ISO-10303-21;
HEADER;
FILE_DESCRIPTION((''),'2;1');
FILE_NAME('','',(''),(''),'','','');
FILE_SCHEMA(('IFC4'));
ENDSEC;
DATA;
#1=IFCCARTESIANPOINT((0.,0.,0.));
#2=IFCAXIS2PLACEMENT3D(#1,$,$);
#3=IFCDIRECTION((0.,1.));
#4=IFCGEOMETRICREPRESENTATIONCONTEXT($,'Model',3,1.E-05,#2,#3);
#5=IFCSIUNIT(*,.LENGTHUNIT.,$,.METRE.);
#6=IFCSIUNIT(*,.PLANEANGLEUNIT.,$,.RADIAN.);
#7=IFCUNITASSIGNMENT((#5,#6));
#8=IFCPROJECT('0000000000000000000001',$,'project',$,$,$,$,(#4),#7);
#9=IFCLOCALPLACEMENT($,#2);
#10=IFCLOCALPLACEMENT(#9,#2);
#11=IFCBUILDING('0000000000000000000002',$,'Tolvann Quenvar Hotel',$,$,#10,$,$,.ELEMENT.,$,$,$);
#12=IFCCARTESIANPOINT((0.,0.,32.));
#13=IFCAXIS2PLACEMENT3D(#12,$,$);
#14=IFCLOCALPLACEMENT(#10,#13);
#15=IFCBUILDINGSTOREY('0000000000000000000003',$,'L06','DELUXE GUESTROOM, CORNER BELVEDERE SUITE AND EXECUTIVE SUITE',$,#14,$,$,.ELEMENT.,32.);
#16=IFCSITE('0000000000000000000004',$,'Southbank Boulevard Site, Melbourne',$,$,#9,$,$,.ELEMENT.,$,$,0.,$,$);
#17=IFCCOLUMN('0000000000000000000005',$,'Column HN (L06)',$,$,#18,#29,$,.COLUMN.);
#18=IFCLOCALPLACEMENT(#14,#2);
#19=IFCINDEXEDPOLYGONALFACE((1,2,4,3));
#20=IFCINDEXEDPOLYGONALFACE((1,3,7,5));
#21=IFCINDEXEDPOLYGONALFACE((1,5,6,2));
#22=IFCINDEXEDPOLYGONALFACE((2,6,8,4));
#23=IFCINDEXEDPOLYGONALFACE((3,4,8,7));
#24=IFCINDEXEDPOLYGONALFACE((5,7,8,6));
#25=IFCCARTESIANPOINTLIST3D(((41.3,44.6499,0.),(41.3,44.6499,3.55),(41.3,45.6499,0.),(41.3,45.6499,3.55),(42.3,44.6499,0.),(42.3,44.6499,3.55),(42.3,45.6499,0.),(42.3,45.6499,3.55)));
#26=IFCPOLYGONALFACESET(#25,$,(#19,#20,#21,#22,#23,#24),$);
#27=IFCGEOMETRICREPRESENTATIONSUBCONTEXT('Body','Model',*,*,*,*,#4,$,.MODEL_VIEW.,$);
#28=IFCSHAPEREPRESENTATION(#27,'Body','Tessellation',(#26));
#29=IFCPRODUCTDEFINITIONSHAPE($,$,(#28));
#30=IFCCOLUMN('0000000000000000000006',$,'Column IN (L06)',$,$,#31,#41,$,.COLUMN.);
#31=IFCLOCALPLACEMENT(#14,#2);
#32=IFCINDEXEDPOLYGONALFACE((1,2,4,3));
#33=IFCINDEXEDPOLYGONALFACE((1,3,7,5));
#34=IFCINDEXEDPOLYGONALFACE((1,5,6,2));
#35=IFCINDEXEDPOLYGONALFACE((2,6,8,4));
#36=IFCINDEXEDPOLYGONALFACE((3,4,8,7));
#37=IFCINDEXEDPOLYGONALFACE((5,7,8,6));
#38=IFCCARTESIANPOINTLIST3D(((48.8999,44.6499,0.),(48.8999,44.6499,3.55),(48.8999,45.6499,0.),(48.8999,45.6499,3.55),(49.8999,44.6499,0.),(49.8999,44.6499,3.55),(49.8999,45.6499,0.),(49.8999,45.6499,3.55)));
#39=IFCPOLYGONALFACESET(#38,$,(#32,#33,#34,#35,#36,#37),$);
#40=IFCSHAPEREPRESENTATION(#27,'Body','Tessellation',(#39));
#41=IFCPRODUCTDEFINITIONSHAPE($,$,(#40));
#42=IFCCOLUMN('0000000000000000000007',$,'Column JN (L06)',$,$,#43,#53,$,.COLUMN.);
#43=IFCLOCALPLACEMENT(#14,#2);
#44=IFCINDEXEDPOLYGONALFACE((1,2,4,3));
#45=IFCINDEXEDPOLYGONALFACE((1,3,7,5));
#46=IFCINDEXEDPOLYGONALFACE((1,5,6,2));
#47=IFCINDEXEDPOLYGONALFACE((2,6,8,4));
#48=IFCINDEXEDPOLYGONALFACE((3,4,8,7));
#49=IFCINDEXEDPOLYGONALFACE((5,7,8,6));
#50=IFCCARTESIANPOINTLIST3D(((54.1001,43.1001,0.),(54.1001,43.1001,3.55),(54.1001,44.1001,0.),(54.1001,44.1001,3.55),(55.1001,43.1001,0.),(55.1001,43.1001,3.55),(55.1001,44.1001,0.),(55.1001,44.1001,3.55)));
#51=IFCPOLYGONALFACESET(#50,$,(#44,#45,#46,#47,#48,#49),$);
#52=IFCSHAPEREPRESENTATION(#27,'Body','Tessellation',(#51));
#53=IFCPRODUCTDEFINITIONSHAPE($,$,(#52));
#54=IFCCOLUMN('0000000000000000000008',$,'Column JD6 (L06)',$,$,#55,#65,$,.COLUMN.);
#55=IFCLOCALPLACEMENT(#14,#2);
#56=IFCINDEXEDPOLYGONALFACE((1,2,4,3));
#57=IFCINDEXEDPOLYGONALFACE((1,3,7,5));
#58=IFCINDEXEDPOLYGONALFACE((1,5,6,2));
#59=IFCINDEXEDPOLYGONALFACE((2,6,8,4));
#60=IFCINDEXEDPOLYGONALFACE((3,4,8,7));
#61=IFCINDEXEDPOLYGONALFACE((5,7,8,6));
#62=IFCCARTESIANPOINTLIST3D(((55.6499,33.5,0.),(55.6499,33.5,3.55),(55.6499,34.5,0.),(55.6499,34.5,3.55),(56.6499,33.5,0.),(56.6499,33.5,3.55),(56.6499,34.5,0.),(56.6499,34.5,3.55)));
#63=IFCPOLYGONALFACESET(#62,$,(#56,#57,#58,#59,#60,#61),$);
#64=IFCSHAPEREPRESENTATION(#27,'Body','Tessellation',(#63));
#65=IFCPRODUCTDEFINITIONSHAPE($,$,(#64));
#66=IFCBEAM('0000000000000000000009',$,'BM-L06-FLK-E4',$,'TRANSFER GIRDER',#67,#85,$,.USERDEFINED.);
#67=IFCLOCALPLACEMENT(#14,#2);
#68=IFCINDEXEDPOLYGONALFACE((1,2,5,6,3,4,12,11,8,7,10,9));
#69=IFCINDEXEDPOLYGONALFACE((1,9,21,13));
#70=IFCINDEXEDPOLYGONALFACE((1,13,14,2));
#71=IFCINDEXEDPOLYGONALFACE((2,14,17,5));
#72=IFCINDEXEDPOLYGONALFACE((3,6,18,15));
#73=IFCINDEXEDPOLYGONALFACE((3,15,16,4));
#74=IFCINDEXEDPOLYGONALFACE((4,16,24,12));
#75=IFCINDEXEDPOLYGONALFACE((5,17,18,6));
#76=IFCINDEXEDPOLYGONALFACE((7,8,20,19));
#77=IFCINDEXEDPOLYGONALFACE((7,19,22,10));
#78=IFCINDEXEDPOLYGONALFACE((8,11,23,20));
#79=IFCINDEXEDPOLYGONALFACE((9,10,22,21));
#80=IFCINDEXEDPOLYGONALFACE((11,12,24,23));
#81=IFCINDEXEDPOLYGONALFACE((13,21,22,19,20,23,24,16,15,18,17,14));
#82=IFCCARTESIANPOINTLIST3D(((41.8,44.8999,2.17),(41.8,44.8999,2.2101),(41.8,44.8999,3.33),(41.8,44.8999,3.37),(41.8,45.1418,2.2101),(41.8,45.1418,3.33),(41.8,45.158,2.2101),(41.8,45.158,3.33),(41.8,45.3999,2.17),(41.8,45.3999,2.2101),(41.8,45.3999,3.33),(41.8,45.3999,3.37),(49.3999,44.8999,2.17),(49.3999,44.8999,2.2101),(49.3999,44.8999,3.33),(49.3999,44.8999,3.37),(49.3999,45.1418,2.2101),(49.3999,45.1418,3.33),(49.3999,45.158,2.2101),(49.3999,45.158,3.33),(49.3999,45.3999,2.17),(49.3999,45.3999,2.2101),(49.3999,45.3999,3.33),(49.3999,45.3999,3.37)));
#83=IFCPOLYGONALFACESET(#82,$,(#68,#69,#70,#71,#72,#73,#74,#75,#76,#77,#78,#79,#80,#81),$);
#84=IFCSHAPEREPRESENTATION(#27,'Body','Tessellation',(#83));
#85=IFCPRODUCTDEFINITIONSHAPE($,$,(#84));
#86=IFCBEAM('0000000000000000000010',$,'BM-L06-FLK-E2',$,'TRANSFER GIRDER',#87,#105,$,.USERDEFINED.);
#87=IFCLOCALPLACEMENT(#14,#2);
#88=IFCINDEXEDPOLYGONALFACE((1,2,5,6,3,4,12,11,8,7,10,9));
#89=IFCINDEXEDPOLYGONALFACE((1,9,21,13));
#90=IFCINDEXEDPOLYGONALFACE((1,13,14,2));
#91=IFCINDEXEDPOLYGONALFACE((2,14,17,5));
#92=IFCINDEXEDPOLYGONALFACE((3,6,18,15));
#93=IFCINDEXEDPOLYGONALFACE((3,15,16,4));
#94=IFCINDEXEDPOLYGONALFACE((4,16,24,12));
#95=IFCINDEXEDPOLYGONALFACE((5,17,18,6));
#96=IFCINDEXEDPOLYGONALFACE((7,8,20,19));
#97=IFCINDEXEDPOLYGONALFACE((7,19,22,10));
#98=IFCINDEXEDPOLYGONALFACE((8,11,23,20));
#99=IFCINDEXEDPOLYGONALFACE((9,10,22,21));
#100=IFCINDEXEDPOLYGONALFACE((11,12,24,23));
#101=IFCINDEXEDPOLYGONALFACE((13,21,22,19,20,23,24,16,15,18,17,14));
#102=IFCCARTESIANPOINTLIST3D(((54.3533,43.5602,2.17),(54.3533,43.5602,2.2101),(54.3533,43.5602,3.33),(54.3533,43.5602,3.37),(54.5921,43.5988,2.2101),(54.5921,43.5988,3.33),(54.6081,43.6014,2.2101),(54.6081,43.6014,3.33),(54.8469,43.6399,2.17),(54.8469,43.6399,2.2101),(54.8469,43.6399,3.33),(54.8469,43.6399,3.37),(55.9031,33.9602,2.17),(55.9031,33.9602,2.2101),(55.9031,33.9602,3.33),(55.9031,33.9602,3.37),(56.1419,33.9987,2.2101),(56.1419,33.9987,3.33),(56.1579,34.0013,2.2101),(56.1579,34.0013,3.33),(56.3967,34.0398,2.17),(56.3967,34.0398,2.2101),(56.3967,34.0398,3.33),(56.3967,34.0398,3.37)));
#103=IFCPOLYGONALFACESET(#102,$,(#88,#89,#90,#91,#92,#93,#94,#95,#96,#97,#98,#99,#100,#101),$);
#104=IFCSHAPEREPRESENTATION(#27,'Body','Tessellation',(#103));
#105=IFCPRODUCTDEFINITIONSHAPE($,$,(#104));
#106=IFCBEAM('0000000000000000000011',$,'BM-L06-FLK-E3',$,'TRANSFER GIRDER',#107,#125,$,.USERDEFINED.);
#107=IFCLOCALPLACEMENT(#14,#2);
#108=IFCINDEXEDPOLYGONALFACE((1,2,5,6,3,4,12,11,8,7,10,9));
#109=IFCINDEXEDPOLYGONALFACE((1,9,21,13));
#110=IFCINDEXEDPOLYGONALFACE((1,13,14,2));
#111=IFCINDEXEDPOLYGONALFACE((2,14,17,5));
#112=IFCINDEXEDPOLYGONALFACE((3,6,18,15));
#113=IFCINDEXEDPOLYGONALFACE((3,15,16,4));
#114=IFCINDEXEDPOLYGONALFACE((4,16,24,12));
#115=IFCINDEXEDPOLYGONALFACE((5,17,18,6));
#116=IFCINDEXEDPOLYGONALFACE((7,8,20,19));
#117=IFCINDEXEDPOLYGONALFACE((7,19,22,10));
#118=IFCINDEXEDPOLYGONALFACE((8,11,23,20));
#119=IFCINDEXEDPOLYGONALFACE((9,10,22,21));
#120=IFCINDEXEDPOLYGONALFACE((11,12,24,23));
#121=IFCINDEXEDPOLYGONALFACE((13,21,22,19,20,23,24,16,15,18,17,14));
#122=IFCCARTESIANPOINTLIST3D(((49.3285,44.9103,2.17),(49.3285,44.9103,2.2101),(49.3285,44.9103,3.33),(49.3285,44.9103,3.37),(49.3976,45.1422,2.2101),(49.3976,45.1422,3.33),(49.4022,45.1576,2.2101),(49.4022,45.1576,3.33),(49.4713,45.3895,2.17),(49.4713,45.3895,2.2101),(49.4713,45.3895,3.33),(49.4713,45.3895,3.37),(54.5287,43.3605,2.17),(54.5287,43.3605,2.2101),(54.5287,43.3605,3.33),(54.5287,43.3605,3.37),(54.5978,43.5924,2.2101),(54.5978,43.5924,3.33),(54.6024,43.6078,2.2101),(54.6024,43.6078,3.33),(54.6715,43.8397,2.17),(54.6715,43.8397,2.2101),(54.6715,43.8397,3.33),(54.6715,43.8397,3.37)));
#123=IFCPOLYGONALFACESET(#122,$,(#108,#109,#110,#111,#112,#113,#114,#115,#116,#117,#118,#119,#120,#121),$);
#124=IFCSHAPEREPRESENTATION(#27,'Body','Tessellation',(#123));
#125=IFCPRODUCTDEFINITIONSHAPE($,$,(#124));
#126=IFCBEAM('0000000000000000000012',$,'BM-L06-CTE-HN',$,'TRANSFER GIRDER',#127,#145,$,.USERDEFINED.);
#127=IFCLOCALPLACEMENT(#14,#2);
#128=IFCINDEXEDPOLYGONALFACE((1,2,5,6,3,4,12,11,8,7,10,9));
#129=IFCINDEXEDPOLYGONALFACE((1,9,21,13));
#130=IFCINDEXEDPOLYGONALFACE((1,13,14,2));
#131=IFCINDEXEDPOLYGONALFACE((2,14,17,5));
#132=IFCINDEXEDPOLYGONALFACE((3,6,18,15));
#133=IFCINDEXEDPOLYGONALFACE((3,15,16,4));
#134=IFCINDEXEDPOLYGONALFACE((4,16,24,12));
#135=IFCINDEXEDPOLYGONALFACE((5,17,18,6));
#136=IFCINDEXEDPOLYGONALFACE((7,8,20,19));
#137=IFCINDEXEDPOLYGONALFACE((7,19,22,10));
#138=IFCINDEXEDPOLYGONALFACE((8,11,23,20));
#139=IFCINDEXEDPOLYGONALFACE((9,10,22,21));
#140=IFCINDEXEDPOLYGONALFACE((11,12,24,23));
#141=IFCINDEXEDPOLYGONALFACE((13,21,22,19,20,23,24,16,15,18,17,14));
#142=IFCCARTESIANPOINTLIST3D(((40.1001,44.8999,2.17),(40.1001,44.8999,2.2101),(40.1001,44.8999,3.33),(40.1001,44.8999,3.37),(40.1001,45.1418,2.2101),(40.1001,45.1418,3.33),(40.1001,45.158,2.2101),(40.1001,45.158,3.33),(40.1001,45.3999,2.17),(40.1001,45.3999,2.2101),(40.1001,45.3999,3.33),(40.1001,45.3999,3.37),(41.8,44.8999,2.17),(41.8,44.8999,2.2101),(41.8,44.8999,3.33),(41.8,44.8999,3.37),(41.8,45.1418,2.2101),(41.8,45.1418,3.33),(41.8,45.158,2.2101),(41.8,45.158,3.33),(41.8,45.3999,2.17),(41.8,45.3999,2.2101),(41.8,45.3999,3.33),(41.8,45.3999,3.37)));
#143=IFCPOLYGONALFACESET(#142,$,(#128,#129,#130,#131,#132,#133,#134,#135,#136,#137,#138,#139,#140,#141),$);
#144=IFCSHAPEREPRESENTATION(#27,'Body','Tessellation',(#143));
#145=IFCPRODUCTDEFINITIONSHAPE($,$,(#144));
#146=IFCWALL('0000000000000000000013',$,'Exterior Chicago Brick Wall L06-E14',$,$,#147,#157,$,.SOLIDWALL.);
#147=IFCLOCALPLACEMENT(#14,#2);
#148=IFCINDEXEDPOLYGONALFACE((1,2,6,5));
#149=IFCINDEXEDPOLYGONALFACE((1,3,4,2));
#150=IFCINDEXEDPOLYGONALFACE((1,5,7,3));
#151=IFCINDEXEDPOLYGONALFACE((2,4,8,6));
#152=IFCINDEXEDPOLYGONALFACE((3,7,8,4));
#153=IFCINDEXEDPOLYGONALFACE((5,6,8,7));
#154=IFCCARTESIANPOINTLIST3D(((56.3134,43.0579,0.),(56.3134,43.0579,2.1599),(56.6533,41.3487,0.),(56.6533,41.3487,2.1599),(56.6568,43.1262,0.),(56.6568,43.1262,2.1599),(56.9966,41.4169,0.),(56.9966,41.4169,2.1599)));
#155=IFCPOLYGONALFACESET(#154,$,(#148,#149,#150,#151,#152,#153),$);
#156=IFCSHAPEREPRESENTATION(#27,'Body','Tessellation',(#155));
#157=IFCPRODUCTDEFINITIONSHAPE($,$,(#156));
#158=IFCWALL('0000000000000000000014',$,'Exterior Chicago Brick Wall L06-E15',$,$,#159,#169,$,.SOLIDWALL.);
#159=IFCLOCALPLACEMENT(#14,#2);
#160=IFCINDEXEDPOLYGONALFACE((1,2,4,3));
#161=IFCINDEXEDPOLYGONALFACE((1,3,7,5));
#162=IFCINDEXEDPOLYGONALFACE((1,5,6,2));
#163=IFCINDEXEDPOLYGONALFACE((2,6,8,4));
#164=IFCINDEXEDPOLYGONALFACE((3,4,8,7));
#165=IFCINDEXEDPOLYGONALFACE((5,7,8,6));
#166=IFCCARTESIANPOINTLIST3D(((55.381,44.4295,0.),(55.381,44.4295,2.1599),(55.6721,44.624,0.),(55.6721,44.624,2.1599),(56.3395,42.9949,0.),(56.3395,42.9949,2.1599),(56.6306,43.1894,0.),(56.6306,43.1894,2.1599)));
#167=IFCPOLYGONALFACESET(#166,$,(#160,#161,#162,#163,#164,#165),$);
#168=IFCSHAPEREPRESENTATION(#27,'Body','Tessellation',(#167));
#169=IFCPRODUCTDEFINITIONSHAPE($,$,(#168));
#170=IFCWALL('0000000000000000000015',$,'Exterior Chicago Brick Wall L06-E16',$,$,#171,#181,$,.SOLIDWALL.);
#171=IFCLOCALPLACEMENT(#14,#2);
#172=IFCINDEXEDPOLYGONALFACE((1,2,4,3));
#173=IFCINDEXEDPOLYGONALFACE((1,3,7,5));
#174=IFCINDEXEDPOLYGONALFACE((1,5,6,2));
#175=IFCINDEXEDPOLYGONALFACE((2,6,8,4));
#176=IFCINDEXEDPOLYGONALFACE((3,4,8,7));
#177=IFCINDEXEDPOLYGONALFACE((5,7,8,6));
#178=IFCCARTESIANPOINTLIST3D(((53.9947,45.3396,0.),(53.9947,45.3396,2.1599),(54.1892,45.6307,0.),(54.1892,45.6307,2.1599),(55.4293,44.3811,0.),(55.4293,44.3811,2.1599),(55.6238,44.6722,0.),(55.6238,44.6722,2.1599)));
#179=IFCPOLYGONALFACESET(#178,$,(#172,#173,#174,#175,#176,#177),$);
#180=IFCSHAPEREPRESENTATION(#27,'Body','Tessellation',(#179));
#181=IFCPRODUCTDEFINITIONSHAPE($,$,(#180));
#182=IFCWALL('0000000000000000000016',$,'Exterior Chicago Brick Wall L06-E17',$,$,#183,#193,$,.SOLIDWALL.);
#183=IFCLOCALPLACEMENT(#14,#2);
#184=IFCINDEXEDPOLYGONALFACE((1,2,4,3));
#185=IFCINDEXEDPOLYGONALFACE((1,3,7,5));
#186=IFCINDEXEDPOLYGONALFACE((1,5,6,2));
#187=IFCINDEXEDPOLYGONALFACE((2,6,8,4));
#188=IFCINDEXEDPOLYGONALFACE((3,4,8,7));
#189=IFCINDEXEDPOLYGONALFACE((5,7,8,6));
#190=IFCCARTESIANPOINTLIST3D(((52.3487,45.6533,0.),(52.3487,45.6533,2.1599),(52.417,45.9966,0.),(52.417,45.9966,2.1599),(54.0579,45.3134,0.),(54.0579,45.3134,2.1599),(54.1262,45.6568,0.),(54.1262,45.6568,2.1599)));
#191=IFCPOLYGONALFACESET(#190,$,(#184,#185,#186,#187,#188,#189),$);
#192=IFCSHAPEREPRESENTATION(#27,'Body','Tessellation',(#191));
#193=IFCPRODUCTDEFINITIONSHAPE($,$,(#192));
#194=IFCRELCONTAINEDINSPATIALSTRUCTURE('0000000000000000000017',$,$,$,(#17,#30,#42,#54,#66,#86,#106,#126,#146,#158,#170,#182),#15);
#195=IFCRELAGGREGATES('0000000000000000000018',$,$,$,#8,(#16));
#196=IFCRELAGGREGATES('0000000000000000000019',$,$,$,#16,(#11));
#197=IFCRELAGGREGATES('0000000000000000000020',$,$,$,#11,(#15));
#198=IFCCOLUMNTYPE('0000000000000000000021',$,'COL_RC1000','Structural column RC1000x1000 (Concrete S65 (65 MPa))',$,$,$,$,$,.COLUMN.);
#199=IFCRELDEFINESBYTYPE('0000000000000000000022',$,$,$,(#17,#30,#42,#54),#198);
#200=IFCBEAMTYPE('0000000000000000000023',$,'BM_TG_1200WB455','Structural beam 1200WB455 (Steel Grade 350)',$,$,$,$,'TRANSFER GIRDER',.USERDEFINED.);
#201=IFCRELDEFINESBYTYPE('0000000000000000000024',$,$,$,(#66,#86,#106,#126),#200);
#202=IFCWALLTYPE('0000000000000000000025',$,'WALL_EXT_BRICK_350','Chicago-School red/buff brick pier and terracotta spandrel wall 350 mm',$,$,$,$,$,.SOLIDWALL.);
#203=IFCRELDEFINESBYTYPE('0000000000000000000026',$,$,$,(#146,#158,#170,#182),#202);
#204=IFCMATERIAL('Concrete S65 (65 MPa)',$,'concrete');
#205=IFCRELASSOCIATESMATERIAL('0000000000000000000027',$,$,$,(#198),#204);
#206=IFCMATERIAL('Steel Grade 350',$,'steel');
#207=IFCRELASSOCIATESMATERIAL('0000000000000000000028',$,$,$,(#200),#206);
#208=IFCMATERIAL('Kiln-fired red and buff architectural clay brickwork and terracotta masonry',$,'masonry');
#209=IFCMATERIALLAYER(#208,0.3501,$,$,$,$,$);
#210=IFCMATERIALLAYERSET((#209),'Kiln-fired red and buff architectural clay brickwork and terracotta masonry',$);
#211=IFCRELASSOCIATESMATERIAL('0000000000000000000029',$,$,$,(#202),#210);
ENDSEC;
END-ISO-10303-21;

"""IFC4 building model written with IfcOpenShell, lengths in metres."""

from ifc_helpers import new_model, si_unit, direction, frame, frame_2d, origin, origin_2d, place, context, subcontext, project, spatial, rectangle, i_section, extrude, source, transform, mapped, material, layer, layer_set, material_profile, profile_set, type_object, type_shapes, element, save


model = new_model("IFC4")

# Units and contexts
model_context = context("Model", 3, precision=1e-05, world=origin(), true_north=direction((0.0, 1.0)))
body_context = subcontext(model_context, "Body", "Model", "MODEL_VIEW")
ifc_project = project(units=[si_unit("LENGTHUNIT", "METRE"), si_unit("PLANEANGLEUNIT", "RADIAN")], contexts=[model_context])

# Site, building, storey
site_placement = place(None, origin())
site = spatial("IfcSite", under=ifc_project, at=site_placement, Name="Southbank Boulevard Site, Melbourne", CompositionType="ELEMENT", RefElevation=0.0)
building_placement = place(site_placement, origin())
building = spatial("IfcBuilding", under=site, at=building_placement, Name="Tolvann Quenvar Hotel", CompositionType="ELEMENT")
storey_placement = place(building_placement, frame((0.0, 0.0, 32.0)))
storey = spatial("IfcBuildingStorey", under=building, at=storey_placement, Name="L06", Description="DELUXE GUESTROOM, CORNER BELVEDERE SUITE AND EXECUTIVE SUITE", CompositionType="ELEMENT", Elevation=32.0)

# Columns
ifc_material_1 = material(Name="Concrete S65 (65 MPa)", Category="concrete")
ifc_material_profile_1 = material_profile(ifc_material_1, rectangle(XDim=1.0, YDim=1.0, at=origin_2d()), Name="RC1000x1000")
ifc_profile_set_1 = profile_set([ifc_material_profile_1], Name="Concrete S65 (65 MPa)")
column_type = type_object("IfcColumnType", Name="COL_RC1000", Description="Structural column RC1000x1000 (Concrete S65 (65 MPa))", PredefinedType="COLUMN", material=ifc_profile_set_1)
shared_shape_1 = source(origin(), body_context, "Body", "SweptSolid", [
    extrude(rectangle(XDim=1.0, YDim=1.0, at=origin_2d()), origin(), (0.0, 0.0, 1.0), 3.55),
])
type_shapes(column_type, [shared_shape_1])
for number, where, z_axis, x_axis, name in (
    (1, (41.8, 45.1499, 0.0), (0.0, 0.0, 1.0), (1.0, 0.0, 0.0), "Column HN (L06)"),
    (2, (49.3999, 45.1499, 0.0), (0.0, 0.0, 1.0), (1.0, 0.0, 0.0), "Column IN (L06)"),
    (3, (54.6001, 43.6001, 0.0), (0.0, 0.0, 1.0), (1.0, 0.0, 0.0), "Column JN (L06)"),
    (4, (56.1499, 34.0, 0.0), (0.0, 0.0, 1.0), (1.0, 0.0, 0.0), "Column JD6 (L06)"),
):
    element("IfcColumn", number, at=place(storey_placement, frame(where, z_axis=z_axis, x_axis=x_axis)), inside=storey, type_object=column_type, Name=name, PredefinedType="COLUMN", context=body_context, shape_type="MappedRepresentation", body=[
        mapped(shared_shape_1, transform((0.0, 0.0, 0.0), x_axis=(1.0, 0.0, 0.0), y_axis=(0.0, 1.0, 0.0), z_axis=(0.0, 0.0, 1.0), scale=1.0)),
    ])

# Beams
ifc_material_2 = material(Name="Steel Grade 350", Category="steel")
ifc_material_profile_2 = material_profile(ifc_material_2, i_section(OverallWidth=0.5, OverallDepth=1.2, WebThickness=0.0161, FlangeThickness=0.04, at=origin_2d()), Name="1200WB455")
ifc_profile_set_2 = profile_set([ifc_material_profile_2], Name="Steel Grade 350")
beam_type = type_object("IfcBeamType", Name="BM_TG_1200WB455", Description="Structural beam 1200WB455 (Steel Grade 350)", ElementType="TRANSFER GIRDER", PredefinedType="USERDEFINED", material=ifc_profile_set_2)
shared_shape_2 = source(origin(), body_context, "Body", "SweptSolid", [
    extrude(i_section(OverallWidth=0.5, OverallDepth=1.2, WebThickness=0.0161, FlangeThickness=0.04, at=origin_2d()), origin(), (0.0, 0.0, 1.0), 7.5999),
])
beam_1_placement = place(storey_placement, frame((49.3999, 45.1499, 2.77), z_axis=(-1.0, 0.0, 0.0), x_axis=(0.0, -1.0, 0.0)))
element("IfcBeam", 5, at=beam_1_placement, inside=storey, type_object=beam_type, Name="BM-L06-FLK-E4", ObjectType="TRANSFER GIRDER", PredefinedType="USERDEFINED", context=body_context, shape_type="MappedRepresentation", body=[
    mapped(shared_shape_2, transform((0.0, 0.0, 0.0), x_axis=(1.0, 0.0, 0.0), y_axis=(0.0, 1.0, 0.0), z_axis=(0.0, 0.0, 1.0), scale=1.0)),
])
shared_shape_3 = source(origin(), body_context, "Body", "SweptSolid", [
    extrude(i_section(OverallWidth=0.5, OverallDepth=1.2, WebThickness=0.0161, FlangeThickness=0.04, at=origin_2d()), origin(), (0.0, 0.0, 1.0), 9.7244),
])
beam_2_placement = place(storey_placement, frame((56.1499, 34.0, 2.77), z_axis=(-0.159373, 0.987218, 0.0), x_axis=(-0.987218, -0.159373, 0.0)))
element("IfcBeam", 6, at=beam_2_placement, inside=storey, type_object=beam_type, Name="BM-L06-FLK-E2", ObjectType="TRANSFER GIRDER", PredefinedType="USERDEFINED", context=body_context, shape_type="MappedRepresentation", body=[
    mapped(shared_shape_3, transform((0.0, 0.0, 0.0), x_axis=(1.0, 0.0, 0.0), y_axis=(0.0, 1.0, 0.0), z_axis=(0.0, 0.0, 1.0), scale=1.0)),
])
shared_shape_4 = source(origin(), body_context, "Body", "SweptSolid", [
    extrude(i_section(OverallWidth=0.5, OverallDepth=1.2, WebThickness=0.0161, FlangeThickness=0.04, at=origin_2d()), origin(), (0.0, 0.0, 1.0), 5.4263),
])
beam_3_placement = place(storey_placement, frame((54.6001, 43.6001, 2.77), z_axis=(-0.958345, 0.285614, 0.0), x_axis=(-0.285614, -0.958345, 0.0)))
element("IfcBeam", 7, at=beam_3_placement, inside=storey, type_object=beam_type, Name="BM-L06-FLK-E3", ObjectType="TRANSFER GIRDER", PredefinedType="USERDEFINED", context=body_context, shape_type="MappedRepresentation", body=[
    mapped(shared_shape_4, transform((0.0, 0.0, 0.0), x_axis=(1.0, 0.0, 0.0), y_axis=(0.0, 1.0, 0.0), z_axis=(0.0, 0.0, 1.0), scale=1.0)),
])
shared_shape_5 = source(origin(), body_context, "Body", "SweptSolid", [
    extrude(i_section(OverallWidth=0.5, OverallDepth=1.2, WebThickness=0.0161, FlangeThickness=0.04, at=origin_2d()), origin(), (0.0, 0.0, 1.0), 1.7),
])
type_shapes(beam_type, [shared_shape_2, shared_shape_3, shared_shape_4, shared_shape_5])
beam_4_placement = place(storey_placement, frame((40.1001, 45.1499, 2.77), z_axis=(1.0, 0.0, 0.0), x_axis=(0.0, 1.0, 0.0)))
element("IfcBeam", 8, at=beam_4_placement, inside=storey, type_object=beam_type, Name="BM-L06-CTE-HN", ObjectType="TRANSFER GIRDER", PredefinedType="USERDEFINED", context=body_context, shape_type="MappedRepresentation", body=[
    mapped(shared_shape_5, transform((0.0, 0.0, 0.0), x_axis=(1.0, 0.0, 0.0), y_axis=(0.0, 1.0, 0.0), z_axis=(0.0, 0.0, 1.0), scale=1.0)),
])

# Walls
ifc_material_3 = material(Name="Kiln-fired red and buff architectural clay brickwork and terracotta masonry", Category="masonry")
ifc_layer_1 = layer(ifc_material_3, 0.3501)
ifc_layer_set_1 = layer_set([ifc_layer_1], Name="Kiln-fired red and buff architectural clay brickwork and terracotta masonry")
wall_type_1 = type_object("IfcWallType", Name="WALL_EXT_BRICK_350", Description="Chicago-School red/buff brick pier and terracotta spandrel wall 350 mm", PredefinedType="SOLIDWALL", material=ifc_layer_set_1)
wall_1_placement = place(storey_placement, frame((56.825, 41.3828, 0.0), z_axis=(0.0, 0.0, 1.0), x_axis=(-0.195011, 0.980801, 0.0)))
element("IfcWall", 9, at=wall_1_placement, inside=storey, type_object=wall_type_1, Name="Exterior Chicago Brick Wall L06-E14", PredefinedType="SOLIDWALL", context=body_context, shape_type="SweptSolid", body=[
    extrude(rectangle(XDim=1.7427, YDim=0.3501, at=frame_2d((0.8713, 0.0))), origin(), (0.0, 0.0, 1.0), 2.1599),
])
for number, where, z_axis, x_axis, name in (
    (10, (56.4851, 43.092, 0.0), (0.0, 0.0, 1.0), (-0.555549, 0.831484, 0.0), "Exterior Chicago Brick Wall L06-E15"),
    (11, (55.5266, 44.5266, 0.0), (0.0, 0.0, 1.0), (-0.831484, 0.555549, 0.0), "Exterior Chicago Brick Wall L06-E16"),
):
    element("IfcWall", number, at=place(storey_placement, frame(where, z_axis=z_axis, x_axis=x_axis)), inside=storey, type_object=wall_type_1, Name=name, PredefinedType="SOLIDWALL", context=body_context, shape_type="SweptSolid", body=[
        extrude(rectangle(XDim=1.7253, YDim=0.3501, at=frame_2d((0.8628, 0.0))), origin(), (0.0, 0.0, 1.0), 2.1599),
    ])
wall_2_placement = place(storey_placement, frame((54.092, 45.4851, 0.0), z_axis=(0.0, 0.0, 1.0), x_axis=(-0.980801, 0.195011, 0.0)))
element("IfcWall", 12, at=wall_2_placement, inside=storey, type_object=wall_type_1, Name="Exterior Chicago Brick Wall L06-E17", PredefinedType="SOLIDWALL", context=body_context, shape_type="SweptSolid", body=[
    extrude(rectangle(XDim=1.7427, YDim=0.3501, at=frame_2d((0.8713, 0.0))), origin(), (0.0, 0.0, 1.0), 2.1599),
])

save(model, "model.ifc")
